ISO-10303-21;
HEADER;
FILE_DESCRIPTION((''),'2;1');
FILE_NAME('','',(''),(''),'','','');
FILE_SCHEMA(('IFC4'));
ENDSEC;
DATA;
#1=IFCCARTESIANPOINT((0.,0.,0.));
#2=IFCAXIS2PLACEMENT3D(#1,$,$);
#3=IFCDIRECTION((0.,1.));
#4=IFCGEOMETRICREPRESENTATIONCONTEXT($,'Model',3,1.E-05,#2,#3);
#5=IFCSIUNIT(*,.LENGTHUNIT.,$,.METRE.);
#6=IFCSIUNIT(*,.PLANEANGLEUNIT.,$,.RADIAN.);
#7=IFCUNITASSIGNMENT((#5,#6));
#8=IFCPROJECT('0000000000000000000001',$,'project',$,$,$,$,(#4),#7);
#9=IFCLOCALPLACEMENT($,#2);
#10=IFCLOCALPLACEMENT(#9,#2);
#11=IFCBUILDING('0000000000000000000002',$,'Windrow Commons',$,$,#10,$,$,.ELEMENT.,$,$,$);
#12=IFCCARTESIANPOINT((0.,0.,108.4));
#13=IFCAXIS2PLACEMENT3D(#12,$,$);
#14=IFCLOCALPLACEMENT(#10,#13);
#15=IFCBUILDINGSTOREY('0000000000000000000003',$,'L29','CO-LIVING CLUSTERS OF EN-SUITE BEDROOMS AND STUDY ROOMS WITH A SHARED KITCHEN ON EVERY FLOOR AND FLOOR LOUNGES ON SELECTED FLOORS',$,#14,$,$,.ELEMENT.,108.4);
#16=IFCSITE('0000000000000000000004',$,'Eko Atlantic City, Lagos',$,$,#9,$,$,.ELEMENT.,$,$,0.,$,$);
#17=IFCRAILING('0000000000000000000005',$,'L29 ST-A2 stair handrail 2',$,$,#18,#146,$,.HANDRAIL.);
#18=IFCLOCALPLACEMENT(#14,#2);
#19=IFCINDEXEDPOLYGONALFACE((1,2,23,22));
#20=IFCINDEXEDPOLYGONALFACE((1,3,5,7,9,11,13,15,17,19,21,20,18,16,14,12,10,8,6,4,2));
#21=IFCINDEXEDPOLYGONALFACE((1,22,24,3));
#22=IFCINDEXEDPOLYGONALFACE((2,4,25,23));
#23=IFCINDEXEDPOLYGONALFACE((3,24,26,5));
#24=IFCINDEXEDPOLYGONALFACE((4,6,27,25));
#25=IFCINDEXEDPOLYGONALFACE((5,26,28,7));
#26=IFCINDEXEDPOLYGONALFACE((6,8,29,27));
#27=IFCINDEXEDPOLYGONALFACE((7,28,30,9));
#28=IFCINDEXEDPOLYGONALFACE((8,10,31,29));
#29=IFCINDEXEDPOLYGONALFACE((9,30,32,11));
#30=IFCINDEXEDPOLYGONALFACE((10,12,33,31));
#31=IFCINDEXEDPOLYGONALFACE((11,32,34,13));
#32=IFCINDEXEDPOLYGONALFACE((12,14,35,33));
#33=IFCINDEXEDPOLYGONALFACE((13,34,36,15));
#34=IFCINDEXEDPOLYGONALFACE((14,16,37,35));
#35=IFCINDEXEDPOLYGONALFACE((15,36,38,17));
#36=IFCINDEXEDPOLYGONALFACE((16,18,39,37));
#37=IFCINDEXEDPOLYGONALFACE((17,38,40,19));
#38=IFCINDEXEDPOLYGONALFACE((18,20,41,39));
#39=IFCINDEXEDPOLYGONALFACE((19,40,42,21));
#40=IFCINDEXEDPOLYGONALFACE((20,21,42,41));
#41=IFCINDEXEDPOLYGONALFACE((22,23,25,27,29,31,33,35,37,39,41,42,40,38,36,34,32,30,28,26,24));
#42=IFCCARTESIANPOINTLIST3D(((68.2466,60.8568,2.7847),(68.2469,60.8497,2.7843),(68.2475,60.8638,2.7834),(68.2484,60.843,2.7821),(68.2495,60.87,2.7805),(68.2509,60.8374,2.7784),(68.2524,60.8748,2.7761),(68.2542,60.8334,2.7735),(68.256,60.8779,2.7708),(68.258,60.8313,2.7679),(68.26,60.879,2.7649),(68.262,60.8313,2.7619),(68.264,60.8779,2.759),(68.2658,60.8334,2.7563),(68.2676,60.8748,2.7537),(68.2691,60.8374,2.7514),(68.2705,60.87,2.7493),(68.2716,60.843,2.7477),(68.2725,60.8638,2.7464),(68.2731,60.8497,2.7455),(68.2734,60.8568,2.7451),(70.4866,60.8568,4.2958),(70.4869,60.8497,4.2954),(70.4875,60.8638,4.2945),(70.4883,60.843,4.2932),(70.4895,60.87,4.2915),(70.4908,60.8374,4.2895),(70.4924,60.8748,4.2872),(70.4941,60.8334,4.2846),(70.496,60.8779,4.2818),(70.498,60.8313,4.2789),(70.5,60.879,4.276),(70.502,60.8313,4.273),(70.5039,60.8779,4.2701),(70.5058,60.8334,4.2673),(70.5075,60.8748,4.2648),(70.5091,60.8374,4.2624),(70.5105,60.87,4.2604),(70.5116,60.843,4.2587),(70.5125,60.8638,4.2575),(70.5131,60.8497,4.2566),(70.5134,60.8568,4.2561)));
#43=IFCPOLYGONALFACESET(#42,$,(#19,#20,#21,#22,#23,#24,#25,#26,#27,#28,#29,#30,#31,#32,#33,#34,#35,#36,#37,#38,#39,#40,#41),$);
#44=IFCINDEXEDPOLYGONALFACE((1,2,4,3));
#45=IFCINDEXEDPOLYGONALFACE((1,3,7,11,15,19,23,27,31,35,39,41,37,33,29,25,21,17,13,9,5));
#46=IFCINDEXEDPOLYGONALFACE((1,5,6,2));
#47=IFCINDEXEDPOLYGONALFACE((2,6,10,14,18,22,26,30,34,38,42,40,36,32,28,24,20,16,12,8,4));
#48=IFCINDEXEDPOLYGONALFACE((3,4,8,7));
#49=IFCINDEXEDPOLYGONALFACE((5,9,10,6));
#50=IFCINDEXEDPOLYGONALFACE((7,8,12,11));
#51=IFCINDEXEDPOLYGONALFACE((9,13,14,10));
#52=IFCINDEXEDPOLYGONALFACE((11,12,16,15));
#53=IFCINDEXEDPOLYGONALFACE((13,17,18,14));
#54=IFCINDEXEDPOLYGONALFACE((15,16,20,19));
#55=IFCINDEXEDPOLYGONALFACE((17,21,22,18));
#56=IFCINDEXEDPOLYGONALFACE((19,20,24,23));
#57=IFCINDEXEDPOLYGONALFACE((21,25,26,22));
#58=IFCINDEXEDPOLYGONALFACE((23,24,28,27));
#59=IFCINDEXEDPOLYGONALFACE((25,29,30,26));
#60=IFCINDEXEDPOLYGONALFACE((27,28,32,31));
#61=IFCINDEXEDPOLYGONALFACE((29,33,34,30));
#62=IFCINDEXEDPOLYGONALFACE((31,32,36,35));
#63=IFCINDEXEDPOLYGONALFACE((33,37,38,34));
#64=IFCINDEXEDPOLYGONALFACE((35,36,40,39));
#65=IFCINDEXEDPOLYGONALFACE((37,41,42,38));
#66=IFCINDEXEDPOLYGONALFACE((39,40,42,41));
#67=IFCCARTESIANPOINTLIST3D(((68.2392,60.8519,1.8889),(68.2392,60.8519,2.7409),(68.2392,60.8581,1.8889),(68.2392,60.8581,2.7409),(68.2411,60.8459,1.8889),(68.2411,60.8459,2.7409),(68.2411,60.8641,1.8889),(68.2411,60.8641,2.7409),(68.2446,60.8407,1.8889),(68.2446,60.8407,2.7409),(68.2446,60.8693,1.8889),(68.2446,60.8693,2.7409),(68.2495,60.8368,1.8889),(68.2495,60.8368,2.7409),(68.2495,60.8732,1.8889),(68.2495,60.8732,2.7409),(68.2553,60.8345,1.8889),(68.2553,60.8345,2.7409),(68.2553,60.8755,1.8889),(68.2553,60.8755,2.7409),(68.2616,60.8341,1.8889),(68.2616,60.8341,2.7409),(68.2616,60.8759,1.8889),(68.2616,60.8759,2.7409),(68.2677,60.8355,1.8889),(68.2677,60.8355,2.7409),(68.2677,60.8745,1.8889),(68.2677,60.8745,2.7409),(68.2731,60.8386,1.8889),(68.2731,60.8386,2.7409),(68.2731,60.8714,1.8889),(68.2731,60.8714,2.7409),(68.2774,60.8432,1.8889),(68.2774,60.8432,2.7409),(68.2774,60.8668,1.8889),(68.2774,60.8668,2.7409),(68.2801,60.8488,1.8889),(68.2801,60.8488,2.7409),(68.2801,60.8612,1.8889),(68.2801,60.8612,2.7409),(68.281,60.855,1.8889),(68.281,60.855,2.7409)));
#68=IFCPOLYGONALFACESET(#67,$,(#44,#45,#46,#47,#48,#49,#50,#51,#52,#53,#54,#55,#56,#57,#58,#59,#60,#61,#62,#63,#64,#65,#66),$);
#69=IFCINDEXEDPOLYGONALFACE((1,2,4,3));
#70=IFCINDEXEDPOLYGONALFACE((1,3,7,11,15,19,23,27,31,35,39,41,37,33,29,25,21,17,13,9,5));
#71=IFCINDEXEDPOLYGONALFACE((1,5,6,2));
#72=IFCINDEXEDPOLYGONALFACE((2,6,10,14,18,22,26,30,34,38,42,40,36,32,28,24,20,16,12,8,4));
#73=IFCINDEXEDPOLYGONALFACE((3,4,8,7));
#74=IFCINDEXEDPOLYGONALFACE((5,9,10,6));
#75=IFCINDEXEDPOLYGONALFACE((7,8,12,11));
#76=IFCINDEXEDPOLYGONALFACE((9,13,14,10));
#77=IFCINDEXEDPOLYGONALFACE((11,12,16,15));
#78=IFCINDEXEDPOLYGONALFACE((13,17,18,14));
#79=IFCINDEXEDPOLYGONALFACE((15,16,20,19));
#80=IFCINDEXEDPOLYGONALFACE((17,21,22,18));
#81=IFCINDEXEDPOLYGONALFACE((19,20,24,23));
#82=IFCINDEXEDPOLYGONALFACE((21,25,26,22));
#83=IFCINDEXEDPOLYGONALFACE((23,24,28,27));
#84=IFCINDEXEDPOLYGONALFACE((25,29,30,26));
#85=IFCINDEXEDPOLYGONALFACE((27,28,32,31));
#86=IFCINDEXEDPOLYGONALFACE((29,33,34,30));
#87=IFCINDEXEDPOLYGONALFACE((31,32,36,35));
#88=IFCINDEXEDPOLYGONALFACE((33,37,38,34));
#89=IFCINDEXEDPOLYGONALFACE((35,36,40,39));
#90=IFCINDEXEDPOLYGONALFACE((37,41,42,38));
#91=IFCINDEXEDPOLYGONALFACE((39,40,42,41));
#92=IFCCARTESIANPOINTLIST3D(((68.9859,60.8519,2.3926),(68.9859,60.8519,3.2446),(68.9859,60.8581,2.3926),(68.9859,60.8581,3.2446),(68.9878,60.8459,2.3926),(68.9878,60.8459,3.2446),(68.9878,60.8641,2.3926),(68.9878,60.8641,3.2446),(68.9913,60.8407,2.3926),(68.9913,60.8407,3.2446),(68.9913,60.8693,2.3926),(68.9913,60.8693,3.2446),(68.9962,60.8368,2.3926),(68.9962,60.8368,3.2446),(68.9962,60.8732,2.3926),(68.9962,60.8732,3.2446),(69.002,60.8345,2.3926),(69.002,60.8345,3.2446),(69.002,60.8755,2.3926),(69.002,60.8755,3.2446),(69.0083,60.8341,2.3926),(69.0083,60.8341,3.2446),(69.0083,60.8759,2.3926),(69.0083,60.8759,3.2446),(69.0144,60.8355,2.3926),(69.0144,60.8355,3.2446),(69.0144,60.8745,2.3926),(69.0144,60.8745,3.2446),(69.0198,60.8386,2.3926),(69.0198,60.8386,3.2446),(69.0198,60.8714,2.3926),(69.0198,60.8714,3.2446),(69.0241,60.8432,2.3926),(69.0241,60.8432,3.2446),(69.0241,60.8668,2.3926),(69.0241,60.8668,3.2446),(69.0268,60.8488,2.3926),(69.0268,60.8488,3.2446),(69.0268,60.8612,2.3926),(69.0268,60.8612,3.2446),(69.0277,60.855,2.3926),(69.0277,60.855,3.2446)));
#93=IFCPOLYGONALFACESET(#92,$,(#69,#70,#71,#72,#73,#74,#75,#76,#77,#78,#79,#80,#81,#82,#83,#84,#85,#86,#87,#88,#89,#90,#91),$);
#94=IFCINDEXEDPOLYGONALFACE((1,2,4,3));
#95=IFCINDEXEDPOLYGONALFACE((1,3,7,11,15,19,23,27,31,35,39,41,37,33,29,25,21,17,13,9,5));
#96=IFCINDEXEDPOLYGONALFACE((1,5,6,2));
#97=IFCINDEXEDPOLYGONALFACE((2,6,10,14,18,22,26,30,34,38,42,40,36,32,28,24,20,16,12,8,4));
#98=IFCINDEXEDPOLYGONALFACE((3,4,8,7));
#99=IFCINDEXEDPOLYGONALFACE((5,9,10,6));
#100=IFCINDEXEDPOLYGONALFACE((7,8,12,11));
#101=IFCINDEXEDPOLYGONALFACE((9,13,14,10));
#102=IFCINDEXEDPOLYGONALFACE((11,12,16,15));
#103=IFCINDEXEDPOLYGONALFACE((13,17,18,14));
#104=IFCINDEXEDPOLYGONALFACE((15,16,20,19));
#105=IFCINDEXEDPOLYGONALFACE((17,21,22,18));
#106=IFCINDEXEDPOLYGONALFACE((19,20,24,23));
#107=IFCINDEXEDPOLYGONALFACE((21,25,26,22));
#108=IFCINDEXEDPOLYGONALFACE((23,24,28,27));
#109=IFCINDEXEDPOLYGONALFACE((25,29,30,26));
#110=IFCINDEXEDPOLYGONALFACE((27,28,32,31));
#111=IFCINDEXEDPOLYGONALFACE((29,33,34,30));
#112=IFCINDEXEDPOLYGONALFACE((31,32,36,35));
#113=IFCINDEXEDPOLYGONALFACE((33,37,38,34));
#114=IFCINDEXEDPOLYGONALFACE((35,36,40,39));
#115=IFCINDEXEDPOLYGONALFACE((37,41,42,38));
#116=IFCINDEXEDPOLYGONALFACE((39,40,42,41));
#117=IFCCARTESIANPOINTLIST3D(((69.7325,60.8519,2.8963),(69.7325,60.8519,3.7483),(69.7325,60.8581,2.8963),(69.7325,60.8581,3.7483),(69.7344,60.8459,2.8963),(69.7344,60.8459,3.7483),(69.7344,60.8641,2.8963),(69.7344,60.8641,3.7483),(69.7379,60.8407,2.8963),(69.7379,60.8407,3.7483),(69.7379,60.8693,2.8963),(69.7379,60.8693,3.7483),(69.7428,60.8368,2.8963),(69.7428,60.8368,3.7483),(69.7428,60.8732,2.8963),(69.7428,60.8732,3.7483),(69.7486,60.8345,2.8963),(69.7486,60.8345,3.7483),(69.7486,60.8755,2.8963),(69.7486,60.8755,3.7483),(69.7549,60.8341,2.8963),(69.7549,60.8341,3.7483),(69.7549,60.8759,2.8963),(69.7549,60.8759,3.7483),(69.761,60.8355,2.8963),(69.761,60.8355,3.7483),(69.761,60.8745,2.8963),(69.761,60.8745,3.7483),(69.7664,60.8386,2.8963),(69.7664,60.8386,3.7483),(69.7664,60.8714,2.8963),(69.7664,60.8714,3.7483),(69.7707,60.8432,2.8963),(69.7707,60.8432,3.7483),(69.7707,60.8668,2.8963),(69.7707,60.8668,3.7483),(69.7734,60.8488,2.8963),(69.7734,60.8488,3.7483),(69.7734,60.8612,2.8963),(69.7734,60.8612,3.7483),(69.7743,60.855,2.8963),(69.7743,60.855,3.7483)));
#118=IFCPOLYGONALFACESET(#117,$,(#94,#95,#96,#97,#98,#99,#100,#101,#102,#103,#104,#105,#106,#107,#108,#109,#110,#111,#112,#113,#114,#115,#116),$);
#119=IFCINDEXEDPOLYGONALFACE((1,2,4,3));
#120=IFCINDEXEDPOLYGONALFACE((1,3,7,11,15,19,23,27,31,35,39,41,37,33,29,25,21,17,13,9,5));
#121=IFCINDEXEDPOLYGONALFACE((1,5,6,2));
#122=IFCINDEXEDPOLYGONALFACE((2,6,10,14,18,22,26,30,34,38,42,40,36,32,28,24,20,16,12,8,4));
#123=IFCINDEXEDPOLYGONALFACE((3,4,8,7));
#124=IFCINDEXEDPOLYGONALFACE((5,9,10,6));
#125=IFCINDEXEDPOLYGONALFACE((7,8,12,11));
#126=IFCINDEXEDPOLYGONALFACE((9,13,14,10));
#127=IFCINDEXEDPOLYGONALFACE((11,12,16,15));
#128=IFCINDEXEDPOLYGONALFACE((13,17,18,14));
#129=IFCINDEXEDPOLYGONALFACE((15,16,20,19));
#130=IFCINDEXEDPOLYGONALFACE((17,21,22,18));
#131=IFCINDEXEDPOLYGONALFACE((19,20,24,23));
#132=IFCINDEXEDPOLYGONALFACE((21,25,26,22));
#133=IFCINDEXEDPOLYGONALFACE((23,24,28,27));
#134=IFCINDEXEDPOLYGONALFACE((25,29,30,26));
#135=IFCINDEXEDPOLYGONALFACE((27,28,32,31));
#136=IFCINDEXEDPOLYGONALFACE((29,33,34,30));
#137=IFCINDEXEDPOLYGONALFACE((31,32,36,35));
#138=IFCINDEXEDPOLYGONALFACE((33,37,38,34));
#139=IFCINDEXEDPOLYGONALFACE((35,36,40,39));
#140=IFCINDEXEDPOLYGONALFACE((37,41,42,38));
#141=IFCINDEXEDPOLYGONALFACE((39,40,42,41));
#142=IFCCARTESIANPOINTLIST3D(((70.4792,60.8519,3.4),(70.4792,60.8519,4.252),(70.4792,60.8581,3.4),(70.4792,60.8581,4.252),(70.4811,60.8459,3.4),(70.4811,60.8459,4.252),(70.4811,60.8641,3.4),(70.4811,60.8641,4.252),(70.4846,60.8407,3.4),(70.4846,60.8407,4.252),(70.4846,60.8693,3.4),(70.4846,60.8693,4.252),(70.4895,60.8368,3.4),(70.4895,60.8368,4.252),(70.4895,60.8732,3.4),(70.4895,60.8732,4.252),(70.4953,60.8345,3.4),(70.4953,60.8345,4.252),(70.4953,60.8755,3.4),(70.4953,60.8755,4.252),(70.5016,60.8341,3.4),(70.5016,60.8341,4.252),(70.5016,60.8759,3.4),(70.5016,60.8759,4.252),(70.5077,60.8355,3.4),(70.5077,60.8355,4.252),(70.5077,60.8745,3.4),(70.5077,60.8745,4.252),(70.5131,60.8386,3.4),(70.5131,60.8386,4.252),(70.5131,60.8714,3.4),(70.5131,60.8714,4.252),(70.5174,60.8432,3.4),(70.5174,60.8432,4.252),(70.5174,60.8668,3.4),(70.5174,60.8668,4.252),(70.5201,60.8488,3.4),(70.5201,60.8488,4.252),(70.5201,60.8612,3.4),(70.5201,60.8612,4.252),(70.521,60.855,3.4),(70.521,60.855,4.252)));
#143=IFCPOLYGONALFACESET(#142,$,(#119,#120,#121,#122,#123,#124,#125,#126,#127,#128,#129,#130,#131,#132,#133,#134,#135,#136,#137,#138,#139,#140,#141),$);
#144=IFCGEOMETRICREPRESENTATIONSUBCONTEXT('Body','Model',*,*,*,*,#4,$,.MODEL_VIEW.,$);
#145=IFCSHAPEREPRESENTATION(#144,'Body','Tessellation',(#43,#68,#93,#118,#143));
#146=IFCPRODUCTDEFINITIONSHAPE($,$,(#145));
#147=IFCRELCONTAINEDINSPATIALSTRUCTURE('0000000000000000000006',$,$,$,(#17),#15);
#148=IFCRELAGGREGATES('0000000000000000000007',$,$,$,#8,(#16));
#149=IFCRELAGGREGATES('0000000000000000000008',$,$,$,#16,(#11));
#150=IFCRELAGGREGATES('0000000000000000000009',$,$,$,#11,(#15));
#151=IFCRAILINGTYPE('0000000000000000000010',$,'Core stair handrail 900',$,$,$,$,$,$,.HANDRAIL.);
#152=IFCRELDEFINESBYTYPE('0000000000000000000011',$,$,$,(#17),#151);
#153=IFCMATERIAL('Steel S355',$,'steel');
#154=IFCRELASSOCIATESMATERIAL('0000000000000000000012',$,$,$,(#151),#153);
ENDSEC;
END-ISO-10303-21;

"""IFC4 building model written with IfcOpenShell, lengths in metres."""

from ifc_helpers import new_model, si_unit, direction, frame, origin, origin_2d, place, context, subcontext, project, spatial, circle, extrude, material, type_object, element, save


model = new_model("IFC4")

# Units and contexts
model_context = context("Model", 3, precision=1e-05, world=origin(), true_north=direction((0.0, 1.0)))
body_context = subcontext(model_context, "Body", "Model", "MODEL_VIEW")
ifc_project = project(units=[si_unit("LENGTHUNIT", "METRE"), si_unit("PLANEANGLEUNIT", "RADIAN")], contexts=[model_context])

# Site, building, storey
site_placement = place(None, origin())
site = spatial("IfcSite", under=ifc_project, at=site_placement, Name="Eko Atlantic City, Lagos", CompositionType="ELEMENT", RefElevation=0.0)
building_placement = place(site_placement, origin())
building = spatial("IfcBuilding", under=site, at=building_placement, Name="Windrow Commons", CompositionType="ELEMENT")
storey_placement = place(building_placement, frame((0.0, 0.0, 108.4)))
storey = spatial("IfcBuildingStorey", under=building, at=storey_placement, Name="L29", Description="CO-LIVING CLUSTERS OF EN-SUITE BEDROOMS AND STUDY ROOMS WITH A SHARED KITCHEN ON EVERY FLOOR AND FLOOR LOUNGES ON SELECTED FLOORS", CompositionType="ELEMENT", Elevation=108.4)

# Railing
ifc_material_1 = material(Name="Steel S355", Category="steel")
railing_type_1 = type_object("IfcRailingType", Name="Core stair handrail 900", PredefinedType="HANDRAIL", material=ifc_material_1)
railing_1_placement = place(storey_placement, frame((68.26, 60.855, 1.8889)))
element("IfcRailing", 1, at=railing_1_placement, inside=storey, type_object=railing_type_1, Name="L29 ST-A2 stair handrail 2", PredefinedType="HANDRAIL", context=body_context, shape_type="SweptSolid", body=[
    extrude(circle(Radius=0.024, at=origin_2d()), frame((0.0, 0.0, 0.876), z_axis=(0.829003, 0.0, 0.559244), x_axis=(0.0, 1.0, 0.0)), (0.0, 0.0, 1.0), 2.702),
    extrude(circle(Radius=0.021, at=origin_2d()), origin(), (0.0, 0.0, 1.0), 0.852),
    extrude(circle(Radius=0.021, at=origin_2d()), frame((0.7467, 0.0, 0.5037)), (0.0, 0.0, 1.0), 0.852),
    extrude(circle(Radius=0.021, at=origin_2d()), frame((1.4933, 0.0, 1.0074)), (0.0, 0.0, 1.0), 0.852),
    extrude(circle(Radius=0.021, at=origin_2d()), frame((2.24, 0.0, 1.5111)), (0.0, 0.0, 1.0), 0.852),
])

save(model, "model.ifc")
